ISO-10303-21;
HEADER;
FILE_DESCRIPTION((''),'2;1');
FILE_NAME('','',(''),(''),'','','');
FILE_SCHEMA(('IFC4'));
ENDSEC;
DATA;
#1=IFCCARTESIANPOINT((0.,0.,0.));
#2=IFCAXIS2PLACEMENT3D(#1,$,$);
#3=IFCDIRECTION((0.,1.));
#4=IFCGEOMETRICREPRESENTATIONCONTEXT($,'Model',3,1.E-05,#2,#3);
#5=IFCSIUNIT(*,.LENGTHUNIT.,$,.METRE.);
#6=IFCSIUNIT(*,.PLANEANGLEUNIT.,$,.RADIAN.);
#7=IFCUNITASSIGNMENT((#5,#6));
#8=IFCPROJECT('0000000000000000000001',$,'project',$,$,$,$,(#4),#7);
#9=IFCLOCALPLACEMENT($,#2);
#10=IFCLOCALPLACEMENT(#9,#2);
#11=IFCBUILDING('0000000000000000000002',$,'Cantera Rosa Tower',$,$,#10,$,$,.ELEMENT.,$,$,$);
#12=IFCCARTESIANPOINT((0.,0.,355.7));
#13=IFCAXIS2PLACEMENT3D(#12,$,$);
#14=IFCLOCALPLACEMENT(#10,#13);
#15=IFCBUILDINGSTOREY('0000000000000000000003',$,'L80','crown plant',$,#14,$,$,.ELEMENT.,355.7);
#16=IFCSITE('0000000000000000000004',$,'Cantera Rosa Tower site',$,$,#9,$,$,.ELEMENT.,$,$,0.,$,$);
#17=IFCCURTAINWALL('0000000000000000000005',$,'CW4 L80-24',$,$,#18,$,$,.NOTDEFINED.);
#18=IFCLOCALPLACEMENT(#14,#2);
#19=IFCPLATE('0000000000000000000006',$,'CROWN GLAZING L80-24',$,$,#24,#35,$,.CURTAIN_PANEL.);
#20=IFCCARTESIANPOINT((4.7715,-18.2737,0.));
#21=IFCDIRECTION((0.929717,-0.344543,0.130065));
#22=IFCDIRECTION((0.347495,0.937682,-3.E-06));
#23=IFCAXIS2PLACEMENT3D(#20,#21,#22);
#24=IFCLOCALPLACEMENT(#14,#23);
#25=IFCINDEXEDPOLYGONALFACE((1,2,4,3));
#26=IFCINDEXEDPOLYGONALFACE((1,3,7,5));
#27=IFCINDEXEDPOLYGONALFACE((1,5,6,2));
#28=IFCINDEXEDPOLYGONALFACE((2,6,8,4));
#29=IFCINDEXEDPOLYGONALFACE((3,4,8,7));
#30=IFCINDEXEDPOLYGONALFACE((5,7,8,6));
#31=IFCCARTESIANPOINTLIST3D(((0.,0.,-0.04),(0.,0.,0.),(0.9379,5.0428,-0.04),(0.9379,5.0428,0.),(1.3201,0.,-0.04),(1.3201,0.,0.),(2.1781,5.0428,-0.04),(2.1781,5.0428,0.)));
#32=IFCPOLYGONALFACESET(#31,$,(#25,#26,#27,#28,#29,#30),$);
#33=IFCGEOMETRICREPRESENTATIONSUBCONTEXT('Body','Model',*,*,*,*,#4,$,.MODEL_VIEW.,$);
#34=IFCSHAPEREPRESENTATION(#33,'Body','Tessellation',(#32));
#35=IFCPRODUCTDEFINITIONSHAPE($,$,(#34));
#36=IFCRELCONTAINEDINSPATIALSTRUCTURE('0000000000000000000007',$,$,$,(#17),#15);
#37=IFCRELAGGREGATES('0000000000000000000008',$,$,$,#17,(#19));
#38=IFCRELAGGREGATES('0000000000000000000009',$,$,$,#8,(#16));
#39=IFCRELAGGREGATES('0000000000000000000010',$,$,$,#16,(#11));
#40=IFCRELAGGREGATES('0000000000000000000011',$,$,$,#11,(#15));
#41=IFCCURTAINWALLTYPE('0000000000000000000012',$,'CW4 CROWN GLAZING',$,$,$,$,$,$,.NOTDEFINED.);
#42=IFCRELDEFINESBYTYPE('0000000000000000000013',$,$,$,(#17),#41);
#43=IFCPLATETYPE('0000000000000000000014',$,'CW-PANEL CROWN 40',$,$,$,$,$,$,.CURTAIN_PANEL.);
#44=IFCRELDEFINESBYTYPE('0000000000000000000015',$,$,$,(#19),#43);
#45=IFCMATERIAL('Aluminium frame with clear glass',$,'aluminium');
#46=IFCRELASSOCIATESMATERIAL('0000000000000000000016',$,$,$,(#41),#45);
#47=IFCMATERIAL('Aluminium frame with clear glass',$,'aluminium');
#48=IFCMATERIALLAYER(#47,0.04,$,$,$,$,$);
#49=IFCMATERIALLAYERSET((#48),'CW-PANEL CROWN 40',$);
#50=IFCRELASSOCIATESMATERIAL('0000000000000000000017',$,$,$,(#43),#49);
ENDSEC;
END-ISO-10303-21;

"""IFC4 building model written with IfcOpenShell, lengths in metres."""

from ifc_helpers import new_model, si_unit, direction, frame, origin, place, context, subcontext, project, spatial, polyline, outline, extrude, material, layer, layer_set, type_object, element, aggregate, save


model = new_model("IFC4")

# Units and contexts
model_context = context("Model", 3, precision=1e-05, world=origin(), true_north=direction((0.0, 1.0)))
body_context = subcontext(model_context, "Body", "Model", "MODEL_VIEW")
ifc_project = project(units=[si_unit("LENGTHUNIT", "METRE"), si_unit("PLANEANGLEUNIT", "RADIAN")], contexts=[model_context])

# Site, building, storey
site_placement = place(None, origin())
site = spatial("IfcSite", under=ifc_project, at=site_placement, Name="Cantera Rosa Tower site", CompositionType="ELEMENT", RefElevation=0.0)
building_placement = place(site_placement, origin())
building = spatial("IfcBuilding", under=site, at=building_placement, Name="Cantera Rosa Tower", CompositionType="ELEMENT")
storey_placement = place(building_placement, frame((0.0, 0.0, 355.7)))
storey = spatial("IfcBuildingStorey", under=building, at=storey_placement, Name="L80", Description="crown plant", CompositionType="ELEMENT", Elevation=355.7)

# Curtain wall
ifc_material_1 = material(Name="Aluminium frame with clear glass", Category="aluminium")
curtain_wall_type = type_object("IfcCurtainWallType", Name="CW4 CROWN GLAZING", PredefinedType="NOTDEFINED", material=ifc_material_1)
curtain_wall_1_placement = place(storey_placement, origin())
curtain_wall_1 = element("IfcCurtainWall", 1, at=curtain_wall_1_placement, inside=storey, type_object=curtain_wall_type, Name="CW4 L80-24", PredefinedType="NOTDEFINED")

# Plate
ifc_material_2 = material(Name="Aluminium frame with clear glass", Category="aluminium")
ifc_layer_1 = layer(ifc_material_2, 0.04)
ifc_layer_set_1 = layer_set([ifc_layer_1], Name="CW-PANEL CROWN 40")
plate_type = type_object("IfcPlateType", Name="CW-PANEL CROWN 40", PredefinedType="CURTAIN_PANEL", material=ifc_layer_set_1)
plate_1_placement = place(storey_placement, frame((4.7715, -18.2737, 0.0), z_axis=(0.929717, -0.344543, 0.130065), x_axis=(0.347495, 0.937682, -0.000003)))
plate_1 = element("IfcPlate", 2, at=plate_1_placement, type_object=plate_type, Name="CROWN GLAZING L80-24", PredefinedType="CURTAIN_PANEL", context=body_context, shape_type="SweptSolid", body=[
    extrude(outline(polyline([(0.0, 0.0), (1.3201, 0.0), (2.1781, 5.0428), (0.9379, 5.0428), (0.0, 0.0)])), origin(), (0.0, 0.0, -1.0), 0.04),
])

aggregate(curtain_wall_1, [plate_1])

save(model, "model.ifc")
